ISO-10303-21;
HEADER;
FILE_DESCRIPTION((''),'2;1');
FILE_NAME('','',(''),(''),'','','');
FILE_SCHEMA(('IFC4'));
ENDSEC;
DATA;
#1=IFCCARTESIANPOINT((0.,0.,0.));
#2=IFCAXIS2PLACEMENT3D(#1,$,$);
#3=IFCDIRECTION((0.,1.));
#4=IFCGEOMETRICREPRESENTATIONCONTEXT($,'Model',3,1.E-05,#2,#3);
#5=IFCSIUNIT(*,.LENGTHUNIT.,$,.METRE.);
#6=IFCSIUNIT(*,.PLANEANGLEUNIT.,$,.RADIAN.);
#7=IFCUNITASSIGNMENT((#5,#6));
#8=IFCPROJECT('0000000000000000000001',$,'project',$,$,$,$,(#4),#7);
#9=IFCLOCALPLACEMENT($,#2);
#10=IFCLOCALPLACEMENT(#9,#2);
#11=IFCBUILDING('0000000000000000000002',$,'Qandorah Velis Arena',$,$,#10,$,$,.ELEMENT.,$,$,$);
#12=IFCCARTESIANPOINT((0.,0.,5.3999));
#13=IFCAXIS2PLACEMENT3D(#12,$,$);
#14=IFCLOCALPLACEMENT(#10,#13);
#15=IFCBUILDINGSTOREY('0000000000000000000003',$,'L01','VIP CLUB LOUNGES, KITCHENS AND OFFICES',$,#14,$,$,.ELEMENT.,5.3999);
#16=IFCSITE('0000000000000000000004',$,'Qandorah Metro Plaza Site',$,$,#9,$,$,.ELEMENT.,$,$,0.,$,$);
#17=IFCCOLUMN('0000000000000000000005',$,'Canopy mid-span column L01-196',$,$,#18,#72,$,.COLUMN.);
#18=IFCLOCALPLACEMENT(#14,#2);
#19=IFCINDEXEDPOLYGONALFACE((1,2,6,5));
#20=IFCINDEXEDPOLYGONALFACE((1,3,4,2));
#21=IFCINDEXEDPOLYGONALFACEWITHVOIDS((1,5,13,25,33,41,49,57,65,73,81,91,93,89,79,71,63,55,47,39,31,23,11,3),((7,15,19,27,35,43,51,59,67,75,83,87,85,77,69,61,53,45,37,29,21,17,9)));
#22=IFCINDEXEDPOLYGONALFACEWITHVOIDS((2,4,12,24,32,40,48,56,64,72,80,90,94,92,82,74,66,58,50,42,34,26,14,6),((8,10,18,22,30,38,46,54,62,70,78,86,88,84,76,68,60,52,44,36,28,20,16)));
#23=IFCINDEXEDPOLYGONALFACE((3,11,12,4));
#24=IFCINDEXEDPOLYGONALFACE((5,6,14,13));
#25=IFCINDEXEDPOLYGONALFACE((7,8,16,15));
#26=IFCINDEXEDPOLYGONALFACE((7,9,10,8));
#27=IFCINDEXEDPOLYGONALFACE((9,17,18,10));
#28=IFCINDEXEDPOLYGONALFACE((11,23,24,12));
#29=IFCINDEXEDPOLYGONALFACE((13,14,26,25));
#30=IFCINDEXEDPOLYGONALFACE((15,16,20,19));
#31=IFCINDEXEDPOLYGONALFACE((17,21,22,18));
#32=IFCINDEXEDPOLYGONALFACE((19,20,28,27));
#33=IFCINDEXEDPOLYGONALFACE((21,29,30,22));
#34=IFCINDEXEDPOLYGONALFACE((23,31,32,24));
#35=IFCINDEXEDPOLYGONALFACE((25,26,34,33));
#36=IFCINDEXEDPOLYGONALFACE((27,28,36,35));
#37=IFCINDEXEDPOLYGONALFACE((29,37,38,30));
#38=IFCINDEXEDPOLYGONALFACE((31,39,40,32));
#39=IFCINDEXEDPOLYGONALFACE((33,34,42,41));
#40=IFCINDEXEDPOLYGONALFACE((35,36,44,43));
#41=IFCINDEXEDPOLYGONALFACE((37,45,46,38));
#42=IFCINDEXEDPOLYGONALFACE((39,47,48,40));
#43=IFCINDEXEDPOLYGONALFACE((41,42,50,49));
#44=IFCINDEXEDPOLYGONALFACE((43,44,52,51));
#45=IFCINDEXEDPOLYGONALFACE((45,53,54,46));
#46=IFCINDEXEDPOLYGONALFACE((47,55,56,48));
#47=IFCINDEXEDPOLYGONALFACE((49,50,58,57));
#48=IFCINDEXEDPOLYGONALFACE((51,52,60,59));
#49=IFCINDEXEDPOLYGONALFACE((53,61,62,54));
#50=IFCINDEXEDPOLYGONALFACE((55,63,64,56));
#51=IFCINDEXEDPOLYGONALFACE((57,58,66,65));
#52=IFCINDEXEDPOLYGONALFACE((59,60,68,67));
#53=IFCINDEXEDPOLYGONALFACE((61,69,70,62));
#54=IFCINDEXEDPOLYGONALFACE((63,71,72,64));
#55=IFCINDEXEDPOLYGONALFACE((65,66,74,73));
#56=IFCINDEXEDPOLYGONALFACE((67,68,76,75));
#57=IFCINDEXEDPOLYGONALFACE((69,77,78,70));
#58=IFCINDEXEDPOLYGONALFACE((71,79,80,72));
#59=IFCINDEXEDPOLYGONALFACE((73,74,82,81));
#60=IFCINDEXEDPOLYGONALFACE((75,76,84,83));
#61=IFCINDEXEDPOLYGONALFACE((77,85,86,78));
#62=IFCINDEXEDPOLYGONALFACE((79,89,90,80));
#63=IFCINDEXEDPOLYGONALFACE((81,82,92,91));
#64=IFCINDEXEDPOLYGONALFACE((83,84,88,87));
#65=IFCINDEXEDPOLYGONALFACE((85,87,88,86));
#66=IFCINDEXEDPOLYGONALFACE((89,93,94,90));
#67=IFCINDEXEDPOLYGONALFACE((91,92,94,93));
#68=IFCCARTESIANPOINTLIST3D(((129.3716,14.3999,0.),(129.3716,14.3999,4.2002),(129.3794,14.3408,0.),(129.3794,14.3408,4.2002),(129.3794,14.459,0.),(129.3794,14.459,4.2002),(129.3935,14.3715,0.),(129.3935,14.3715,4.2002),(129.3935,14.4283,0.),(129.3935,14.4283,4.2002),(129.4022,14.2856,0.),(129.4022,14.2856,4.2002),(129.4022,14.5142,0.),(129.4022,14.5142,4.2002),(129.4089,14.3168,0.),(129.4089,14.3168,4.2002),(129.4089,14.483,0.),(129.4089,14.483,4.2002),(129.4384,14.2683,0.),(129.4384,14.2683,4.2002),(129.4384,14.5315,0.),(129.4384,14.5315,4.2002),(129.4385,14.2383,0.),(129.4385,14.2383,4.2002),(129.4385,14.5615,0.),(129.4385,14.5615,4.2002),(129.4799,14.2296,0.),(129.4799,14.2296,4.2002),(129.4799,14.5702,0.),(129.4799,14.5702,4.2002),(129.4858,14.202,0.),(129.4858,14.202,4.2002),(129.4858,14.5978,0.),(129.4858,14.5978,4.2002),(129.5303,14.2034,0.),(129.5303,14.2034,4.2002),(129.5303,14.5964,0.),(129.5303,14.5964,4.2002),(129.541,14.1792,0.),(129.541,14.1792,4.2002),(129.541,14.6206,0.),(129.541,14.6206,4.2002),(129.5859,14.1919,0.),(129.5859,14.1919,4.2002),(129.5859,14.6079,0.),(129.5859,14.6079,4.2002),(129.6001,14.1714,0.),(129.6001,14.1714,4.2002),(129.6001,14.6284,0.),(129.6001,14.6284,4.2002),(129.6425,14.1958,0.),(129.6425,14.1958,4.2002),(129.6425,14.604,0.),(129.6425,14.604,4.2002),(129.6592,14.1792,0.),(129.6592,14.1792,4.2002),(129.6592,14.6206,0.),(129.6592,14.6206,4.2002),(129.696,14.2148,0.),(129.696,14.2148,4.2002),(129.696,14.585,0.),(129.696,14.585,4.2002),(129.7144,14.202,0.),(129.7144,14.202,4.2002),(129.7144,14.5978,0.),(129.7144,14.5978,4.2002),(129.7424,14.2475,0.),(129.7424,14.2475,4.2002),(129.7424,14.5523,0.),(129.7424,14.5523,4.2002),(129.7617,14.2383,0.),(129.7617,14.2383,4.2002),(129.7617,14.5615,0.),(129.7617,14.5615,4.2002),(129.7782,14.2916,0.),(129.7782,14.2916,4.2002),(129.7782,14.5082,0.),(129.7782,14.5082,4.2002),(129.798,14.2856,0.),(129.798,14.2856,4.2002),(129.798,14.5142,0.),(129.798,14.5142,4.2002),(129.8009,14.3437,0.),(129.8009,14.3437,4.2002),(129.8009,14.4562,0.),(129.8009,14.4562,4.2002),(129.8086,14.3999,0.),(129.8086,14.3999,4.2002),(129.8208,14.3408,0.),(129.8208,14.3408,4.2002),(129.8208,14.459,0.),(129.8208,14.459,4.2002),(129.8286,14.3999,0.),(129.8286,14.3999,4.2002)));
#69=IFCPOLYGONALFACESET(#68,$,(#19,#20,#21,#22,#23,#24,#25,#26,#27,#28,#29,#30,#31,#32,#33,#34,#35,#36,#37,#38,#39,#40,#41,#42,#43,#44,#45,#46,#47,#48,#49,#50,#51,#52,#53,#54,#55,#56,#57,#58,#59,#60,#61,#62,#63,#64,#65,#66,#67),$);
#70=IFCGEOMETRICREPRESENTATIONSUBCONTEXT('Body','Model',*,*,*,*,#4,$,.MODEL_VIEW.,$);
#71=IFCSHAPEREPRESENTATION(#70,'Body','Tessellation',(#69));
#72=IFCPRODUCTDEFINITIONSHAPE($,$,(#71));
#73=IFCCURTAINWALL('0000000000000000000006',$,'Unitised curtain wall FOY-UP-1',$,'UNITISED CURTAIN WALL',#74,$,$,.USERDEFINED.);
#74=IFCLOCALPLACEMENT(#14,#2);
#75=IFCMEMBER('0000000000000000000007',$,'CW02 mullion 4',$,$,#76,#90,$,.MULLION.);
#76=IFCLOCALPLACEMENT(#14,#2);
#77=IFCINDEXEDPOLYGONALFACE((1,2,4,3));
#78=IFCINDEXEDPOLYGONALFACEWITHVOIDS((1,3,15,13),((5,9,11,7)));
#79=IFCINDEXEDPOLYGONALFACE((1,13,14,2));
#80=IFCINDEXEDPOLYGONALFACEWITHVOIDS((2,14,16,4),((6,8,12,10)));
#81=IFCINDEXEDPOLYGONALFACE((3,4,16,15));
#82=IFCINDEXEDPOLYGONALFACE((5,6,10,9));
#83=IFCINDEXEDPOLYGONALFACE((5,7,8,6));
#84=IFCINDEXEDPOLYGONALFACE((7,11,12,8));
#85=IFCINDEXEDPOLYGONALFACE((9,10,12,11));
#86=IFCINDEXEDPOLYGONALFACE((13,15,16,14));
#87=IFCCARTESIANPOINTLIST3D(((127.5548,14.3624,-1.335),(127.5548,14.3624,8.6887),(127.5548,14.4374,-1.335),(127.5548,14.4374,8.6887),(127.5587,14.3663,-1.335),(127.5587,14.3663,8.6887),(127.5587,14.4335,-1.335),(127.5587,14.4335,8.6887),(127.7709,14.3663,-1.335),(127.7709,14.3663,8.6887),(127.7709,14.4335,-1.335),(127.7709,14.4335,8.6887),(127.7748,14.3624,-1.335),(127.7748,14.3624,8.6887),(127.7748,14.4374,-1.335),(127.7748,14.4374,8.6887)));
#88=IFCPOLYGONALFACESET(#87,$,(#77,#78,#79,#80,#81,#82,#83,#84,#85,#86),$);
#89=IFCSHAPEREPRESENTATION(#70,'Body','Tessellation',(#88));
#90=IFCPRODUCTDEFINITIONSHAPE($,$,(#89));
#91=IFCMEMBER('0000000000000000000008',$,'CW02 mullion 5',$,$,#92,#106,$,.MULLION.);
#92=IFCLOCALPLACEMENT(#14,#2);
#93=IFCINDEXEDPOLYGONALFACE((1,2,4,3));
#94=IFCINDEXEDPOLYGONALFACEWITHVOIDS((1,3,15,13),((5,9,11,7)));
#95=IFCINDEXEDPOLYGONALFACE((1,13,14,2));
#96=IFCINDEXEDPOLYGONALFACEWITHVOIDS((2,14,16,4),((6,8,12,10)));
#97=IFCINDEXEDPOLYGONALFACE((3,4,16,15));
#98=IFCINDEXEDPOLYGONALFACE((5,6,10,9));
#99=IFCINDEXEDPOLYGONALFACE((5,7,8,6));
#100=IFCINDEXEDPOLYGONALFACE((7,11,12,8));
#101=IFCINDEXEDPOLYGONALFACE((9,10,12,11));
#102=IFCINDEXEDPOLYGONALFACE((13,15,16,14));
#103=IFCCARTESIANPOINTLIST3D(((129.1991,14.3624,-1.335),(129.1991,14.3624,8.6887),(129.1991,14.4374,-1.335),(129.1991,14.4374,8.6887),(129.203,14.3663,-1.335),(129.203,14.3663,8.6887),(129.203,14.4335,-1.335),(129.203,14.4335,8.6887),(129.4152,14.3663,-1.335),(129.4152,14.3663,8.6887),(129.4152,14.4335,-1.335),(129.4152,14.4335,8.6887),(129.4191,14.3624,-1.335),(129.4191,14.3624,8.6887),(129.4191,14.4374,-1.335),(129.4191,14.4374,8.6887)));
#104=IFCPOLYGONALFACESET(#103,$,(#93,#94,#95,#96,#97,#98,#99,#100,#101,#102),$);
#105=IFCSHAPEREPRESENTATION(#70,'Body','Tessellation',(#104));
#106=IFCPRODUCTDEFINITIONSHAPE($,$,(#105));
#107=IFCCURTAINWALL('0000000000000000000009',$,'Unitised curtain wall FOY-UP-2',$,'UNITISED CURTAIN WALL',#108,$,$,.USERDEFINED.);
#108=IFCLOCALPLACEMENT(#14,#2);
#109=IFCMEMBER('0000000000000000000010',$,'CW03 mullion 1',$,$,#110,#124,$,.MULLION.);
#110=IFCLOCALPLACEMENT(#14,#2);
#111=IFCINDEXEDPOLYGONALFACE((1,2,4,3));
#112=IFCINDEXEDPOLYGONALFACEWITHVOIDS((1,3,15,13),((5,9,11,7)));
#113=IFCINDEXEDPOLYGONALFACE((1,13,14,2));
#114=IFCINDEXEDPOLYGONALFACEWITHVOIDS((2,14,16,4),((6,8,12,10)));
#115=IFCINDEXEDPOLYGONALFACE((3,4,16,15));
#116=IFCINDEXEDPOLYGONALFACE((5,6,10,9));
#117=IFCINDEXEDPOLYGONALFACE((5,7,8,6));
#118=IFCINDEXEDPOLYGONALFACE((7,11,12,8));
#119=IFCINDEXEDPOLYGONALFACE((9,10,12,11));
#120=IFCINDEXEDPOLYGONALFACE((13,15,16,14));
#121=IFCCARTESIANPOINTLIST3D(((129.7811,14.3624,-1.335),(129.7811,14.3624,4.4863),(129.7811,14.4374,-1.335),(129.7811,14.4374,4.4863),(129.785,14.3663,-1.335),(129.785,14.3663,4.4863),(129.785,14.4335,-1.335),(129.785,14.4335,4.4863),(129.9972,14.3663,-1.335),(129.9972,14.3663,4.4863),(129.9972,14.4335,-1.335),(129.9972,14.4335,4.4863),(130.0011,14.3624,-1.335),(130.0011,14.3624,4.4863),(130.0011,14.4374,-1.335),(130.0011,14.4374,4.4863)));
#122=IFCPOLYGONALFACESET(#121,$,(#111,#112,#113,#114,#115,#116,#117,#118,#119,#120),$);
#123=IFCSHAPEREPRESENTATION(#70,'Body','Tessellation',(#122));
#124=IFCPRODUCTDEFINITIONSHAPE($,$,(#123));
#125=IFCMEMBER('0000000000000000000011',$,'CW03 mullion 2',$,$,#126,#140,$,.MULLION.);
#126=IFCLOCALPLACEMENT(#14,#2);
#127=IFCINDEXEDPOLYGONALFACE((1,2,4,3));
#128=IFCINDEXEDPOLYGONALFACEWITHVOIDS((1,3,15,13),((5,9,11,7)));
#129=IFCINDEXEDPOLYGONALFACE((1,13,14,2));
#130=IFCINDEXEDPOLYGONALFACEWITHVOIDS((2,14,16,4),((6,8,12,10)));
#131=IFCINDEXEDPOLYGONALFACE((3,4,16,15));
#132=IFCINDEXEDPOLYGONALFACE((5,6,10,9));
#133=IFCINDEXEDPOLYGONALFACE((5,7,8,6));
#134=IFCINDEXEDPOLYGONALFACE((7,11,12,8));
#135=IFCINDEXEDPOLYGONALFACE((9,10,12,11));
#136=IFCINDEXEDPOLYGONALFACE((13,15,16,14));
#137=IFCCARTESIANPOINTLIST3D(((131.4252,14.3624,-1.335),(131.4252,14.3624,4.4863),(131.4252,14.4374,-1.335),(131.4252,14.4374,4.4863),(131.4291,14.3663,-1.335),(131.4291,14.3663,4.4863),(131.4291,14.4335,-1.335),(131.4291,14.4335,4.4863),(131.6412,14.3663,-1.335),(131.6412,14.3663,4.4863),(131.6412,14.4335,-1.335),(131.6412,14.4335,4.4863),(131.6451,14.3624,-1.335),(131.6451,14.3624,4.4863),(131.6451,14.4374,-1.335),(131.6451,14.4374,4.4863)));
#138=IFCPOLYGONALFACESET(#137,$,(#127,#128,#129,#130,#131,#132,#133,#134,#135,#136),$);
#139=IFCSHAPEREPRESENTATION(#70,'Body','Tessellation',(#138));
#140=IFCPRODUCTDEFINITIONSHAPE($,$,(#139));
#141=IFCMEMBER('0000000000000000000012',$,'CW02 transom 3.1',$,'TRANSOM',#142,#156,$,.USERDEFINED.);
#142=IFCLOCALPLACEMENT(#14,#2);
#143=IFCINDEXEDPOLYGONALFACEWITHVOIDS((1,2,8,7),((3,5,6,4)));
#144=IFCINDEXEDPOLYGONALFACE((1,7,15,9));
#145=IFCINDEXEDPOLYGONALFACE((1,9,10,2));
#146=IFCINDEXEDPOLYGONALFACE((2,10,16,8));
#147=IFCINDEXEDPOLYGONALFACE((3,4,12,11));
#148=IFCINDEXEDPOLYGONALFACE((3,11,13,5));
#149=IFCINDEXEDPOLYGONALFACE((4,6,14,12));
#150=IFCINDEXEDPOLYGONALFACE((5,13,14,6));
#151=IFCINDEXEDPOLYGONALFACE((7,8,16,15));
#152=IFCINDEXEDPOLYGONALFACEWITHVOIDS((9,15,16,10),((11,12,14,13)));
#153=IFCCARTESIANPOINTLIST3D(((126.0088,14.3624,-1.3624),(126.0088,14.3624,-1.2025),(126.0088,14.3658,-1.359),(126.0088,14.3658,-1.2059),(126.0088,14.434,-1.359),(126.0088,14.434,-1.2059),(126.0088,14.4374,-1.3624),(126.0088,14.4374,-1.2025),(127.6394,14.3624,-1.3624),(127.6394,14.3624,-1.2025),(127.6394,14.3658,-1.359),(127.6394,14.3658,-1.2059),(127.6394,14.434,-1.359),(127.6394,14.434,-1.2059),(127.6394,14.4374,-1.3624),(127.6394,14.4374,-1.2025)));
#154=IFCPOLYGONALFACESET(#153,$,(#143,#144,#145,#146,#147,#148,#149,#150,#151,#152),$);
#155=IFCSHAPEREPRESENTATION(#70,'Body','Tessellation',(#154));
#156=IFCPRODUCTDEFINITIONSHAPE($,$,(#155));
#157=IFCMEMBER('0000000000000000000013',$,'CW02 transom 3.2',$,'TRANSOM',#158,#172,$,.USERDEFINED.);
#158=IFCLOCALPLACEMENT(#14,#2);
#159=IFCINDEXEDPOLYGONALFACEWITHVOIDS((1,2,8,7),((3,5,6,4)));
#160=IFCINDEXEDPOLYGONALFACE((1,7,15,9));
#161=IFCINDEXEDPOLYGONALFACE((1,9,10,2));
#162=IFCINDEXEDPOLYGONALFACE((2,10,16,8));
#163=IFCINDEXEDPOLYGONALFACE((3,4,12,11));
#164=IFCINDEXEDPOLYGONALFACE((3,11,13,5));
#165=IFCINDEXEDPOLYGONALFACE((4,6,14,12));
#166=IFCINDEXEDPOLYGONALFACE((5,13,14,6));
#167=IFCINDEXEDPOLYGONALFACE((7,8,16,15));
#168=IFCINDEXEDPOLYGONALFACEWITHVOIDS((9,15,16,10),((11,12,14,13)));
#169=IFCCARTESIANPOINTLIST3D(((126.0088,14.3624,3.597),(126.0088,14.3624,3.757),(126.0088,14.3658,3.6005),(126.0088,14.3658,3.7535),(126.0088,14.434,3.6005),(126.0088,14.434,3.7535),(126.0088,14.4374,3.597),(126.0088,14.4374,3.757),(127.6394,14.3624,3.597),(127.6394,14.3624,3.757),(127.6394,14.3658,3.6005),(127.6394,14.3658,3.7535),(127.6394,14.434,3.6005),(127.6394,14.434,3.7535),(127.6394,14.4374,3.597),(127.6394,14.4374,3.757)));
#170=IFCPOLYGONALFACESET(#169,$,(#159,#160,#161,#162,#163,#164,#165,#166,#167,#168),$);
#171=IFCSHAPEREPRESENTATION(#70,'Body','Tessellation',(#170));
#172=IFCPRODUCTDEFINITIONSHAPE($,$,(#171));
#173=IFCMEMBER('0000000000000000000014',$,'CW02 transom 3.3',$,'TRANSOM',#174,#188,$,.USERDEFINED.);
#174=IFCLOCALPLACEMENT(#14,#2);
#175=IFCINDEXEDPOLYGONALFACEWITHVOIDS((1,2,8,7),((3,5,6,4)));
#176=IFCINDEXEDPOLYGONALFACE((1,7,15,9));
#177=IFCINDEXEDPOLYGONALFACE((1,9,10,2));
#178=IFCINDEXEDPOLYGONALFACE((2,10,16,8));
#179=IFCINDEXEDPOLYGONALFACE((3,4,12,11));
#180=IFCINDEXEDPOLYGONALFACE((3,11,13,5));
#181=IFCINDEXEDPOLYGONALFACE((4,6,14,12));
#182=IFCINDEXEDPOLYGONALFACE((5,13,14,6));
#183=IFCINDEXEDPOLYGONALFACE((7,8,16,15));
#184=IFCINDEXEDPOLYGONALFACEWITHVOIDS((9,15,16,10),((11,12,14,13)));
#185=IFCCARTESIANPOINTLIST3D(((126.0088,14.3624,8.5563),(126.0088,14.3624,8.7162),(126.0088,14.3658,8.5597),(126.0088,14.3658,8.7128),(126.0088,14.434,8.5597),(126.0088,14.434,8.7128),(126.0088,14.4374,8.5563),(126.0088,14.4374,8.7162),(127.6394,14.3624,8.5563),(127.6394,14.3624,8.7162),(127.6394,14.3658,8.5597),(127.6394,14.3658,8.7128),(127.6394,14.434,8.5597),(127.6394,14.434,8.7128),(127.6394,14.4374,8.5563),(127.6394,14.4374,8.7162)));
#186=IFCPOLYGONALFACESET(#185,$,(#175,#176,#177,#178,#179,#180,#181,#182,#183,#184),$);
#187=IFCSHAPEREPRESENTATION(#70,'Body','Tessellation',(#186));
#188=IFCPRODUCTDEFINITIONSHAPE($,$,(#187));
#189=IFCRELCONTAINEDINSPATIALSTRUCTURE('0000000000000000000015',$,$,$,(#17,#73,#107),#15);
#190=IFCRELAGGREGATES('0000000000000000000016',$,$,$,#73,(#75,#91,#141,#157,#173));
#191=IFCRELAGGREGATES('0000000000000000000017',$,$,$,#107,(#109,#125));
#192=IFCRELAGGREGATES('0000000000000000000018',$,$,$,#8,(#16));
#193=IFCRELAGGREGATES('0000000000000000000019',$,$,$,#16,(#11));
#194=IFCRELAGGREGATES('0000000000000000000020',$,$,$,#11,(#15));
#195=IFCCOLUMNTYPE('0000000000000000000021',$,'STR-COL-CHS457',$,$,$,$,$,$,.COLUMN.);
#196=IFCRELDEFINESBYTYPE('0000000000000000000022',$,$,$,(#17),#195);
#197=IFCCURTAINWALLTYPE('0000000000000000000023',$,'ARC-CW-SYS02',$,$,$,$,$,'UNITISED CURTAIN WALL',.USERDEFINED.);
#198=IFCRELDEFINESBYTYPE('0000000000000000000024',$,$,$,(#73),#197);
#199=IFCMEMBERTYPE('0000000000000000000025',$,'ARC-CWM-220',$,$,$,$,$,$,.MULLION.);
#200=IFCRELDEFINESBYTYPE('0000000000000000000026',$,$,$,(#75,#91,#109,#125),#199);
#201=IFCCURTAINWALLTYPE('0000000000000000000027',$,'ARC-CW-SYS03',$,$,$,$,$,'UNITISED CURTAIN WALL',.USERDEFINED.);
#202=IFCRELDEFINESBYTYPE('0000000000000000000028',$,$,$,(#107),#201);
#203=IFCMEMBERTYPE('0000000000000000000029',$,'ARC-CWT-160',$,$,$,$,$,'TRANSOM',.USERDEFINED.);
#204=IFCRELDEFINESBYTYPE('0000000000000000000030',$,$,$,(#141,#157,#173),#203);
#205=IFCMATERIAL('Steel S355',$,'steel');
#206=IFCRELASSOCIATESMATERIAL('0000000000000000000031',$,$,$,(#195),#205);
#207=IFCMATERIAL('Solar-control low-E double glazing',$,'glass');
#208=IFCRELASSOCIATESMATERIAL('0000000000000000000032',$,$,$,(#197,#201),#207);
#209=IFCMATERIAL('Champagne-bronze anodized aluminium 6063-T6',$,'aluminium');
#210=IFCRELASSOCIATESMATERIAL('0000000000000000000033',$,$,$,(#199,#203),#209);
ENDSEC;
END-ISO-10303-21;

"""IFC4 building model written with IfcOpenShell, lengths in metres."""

from ifc_helpers import new_model, si_unit, direction, frame, origin, origin_2d, place, context, subcontext, project, spatial, hollow_rectangle, hollow_circle, extrude, material, material_profile, profile_set, type_object, element, aggregate, save


model = new_model("IFC4")

# Units and contexts
model_context = context("Model", 3, precision=1e-05, world=origin(), true_north=direction((0.0, 1.0)))
body_context = subcontext(model_context, "Body", "Model", "MODEL_VIEW")
ifc_project = project(units=[si_unit("LENGTHUNIT", "METRE"), si_unit("PLANEANGLEUNIT", "RADIAN")], contexts=[model_context])

# Site, building, storey
site_placement = place(None, origin())
site = spatial("IfcSite", under=ifc_project, at=site_placement, Name="Qandorah Metro Plaza Site", CompositionType="ELEMENT", RefElevation=0.0)
building_placement = place(site_placement, origin())
building = spatial("IfcBuilding", under=site, at=building_placement, Name="Qandorah Velis Arena", CompositionType="ELEMENT")
storey_placement = place(building_placement, frame((0.0, 0.0, 5.3999)))
storey = spatial("IfcBuildingStorey", under=building, at=storey_placement, Name="L01", Description="VIP CLUB LOUNGES, KITCHENS AND OFFICES", CompositionType="ELEMENT", Elevation=5.3999)

# Column
ifc_material_1 = material(Name="Steel S355", Category="steel")
ifc_material_profile_1 = material_profile(ifc_material_1, hollow_circle(Radius=0.2285, WallThickness=0.02, at=origin_2d()), Name="CHS 457x20")
ifc_profile_set_1 = profile_set([ifc_material_profile_1], Name="Steel S355")
column_type = type_object("IfcColumnType", Name="STR-COL-CHS457", PredefinedType="COLUMN", material=ifc_profile_set_1)
column_placement = place(storey_placement, frame((129.6001, 14.3999, 0.0), z_axis=(0.0, 0.0, 1.0), x_axis=(1.0, 0.0, 0.0)))
element("IfcColumn", 1, at=column_placement, inside=storey, type_object=column_type, Name="Canopy mid-span column L01-196", PredefinedType="COLUMN", context=body_context, shape_type="SweptSolid", body=[
    extrude(hollow_circle(Radius=0.2285, WallThickness=0.02, at=origin_2d()), origin(), (0.0, 0.0, 1.0), 4.2002),
])

# Curtain walls, members
ifc_material_2 = material(Name="Solar-control low-E double glazing", Category="glass")
curtain_wall_type_1 = type_object("IfcCurtainWallType", Name="ARC-CW-SYS02", ElementType="UNITISED CURTAIN WALL", PredefinedType="USERDEFINED", material=ifc_material_2)
curtain_wall_1_placement = place(storey_placement, origin())
curtain_wall_1 = element("IfcCurtainWall", 2, at=curtain_wall_1_placement, inside=storey, type_object=curtain_wall_type_1, Name="Unitised curtain wall FOY-UP-1", ObjectType="UNITISED CURTAIN WALL", PredefinedType="USERDEFINED")
ifc_material_3 = material(Name="Champagne-bronze anodized aluminium 6063-T6", Category="aluminium")
ifc_material_profile_2 = material_profile(ifc_material_3, hollow_rectangle(XDim=0.075, YDim=0.22, WallThickness=0.0039, at=origin_2d()), Name="ALU MULLION 75x220")
ifc_profile_set_2 = profile_set([ifc_material_profile_2], Name="Champagne-bronze anodized aluminium 6063-T6")
member_type_1 = type_object("IfcMemberType", Name="ARC-CWM-220", PredefinedType="MULLION", material=ifc_profile_set_2)
member_1_placement = place(storey_placement, frame((127.6648, 14.3999, -1.335), z_axis=(0.0, 0.0, 1.0), x_axis=(0.0, 1.0, 0.0)))
member_1 = element("IfcMember", 3, at=member_1_placement, type_object=member_type_1, Name="CW02 mullion 4", PredefinedType="MULLION", context=body_context, shape_type="SweptSolid", body=[
    extrude(hollow_rectangle(XDim=0.075, YDim=0.22, WallThickness=0.0039, at=origin_2d()), origin(), (0.0, 0.0, 1.0), 10.0237),
])
member_2_placement = place(storey_placement, frame((129.3091, 14.3999, -1.335), z_axis=(0.0, 0.0, 1.0), x_axis=(0.0, 1.0, 0.0)))
member_2 = element("IfcMember", 4, at=member_2_placement, type_object=member_type_1, Name="CW02 mullion 5", PredefinedType="MULLION", context=body_context, shape_type="SweptSolid", body=[
    extrude(hollow_rectangle(XDim=0.075, YDim=0.22, WallThickness=0.0039, at=origin_2d()), origin(), (0.0, 0.0, 1.0), 10.0237),
])
curtain_wall_type_2 = type_object("IfcCurtainWallType", Name="ARC-CW-SYS03", ElementType="UNITISED CURTAIN WALL", PredefinedType="USERDEFINED", material=ifc_material_2)
curtain_wall_2_placement = place(storey_placement, origin())
curtain_wall_2 = element("IfcCurtainWall", 5, at=curtain_wall_2_placement, inside=storey, type_object=curtain_wall_type_2, Name="Unitised curtain wall FOY-UP-2", ObjectType="UNITISED CURTAIN WALL", PredefinedType="USERDEFINED")
member_3_placement = place(storey_placement, frame((129.8911, 14.3999, -1.335), z_axis=(0.0, 0.0, 1.0), x_axis=(0.0, 1.0, 0.0)))
member_3 = element("IfcMember", 6, at=member_3_placement, type_object=member_type_1, Name="CW03 mullion 1", PredefinedType="MULLION", context=body_context, shape_type="SweptSolid", body=[
    extrude(hollow_rectangle(XDim=0.075, YDim=0.22, WallThickness=0.0039, at=origin_2d()), origin(), (0.0, 0.0, 1.0), 5.8213),
])
member_4_placement = place(storey_placement, frame((131.5352, 14.3999, -1.335), z_axis=(0.0, 0.0, 1.0), x_axis=(0.0, 1.0, 0.0)))
member_4 = element("IfcMember", 7, at=member_4_placement, type_object=member_type_1, Name="CW03 mullion 2", PredefinedType="MULLION", context=body_context, shape_type="SweptSolid", body=[
    extrude(hollow_rectangle(XDim=0.075, YDim=0.22, WallThickness=0.0039, at=origin_2d()), origin(), (0.0, 0.0, 1.0), 5.8213),
])

# Members
ifc_material_profile_3 = material_profile(ifc_material_3, hollow_rectangle(XDim=0.075, YDim=0.1599, WallThickness=0.0034, at=origin_2d()), Name="ALU TRANSOM 75x160")
ifc_profile_set_3 = profile_set([ifc_material_profile_3], Name="Champagne-bronze anodized aluminium 6063-T6")
member_type_2 = type_object("IfcMemberType", Name="ARC-CWT-160", ElementType="TRANSOM", PredefinedType="USERDEFINED", material=ifc_profile_set_3)
member_5_placement = place(storey_placement, frame((126.0088, 14.3999, -1.2825), z_axis=(1.0, 0.0, 0.0), x_axis=(0.0, 1.0, 0.0)))
member_5 = element("IfcMember", 8, at=member_5_placement, type_object=member_type_2, Name="CW02 transom 3.1", ObjectType="TRANSOM", PredefinedType="USERDEFINED", context=body_context, shape_type="SweptSolid", body=[
    extrude(hollow_rectangle(XDim=0.075, YDim=0.1599, WallThickness=0.0034, at=origin_2d()), origin(), (0.0, 0.0, 1.0), 1.6306),
])
member_6_placement = place(storey_placement, frame((126.0088, 14.3999, 3.677), z_axis=(1.0, 0.0, 0.0), x_axis=(0.0, 1.0, 0.0)))
member_6 = element("IfcMember", 9, at=member_6_placement, type_object=member_type_2, Name="CW02 transom 3.2", ObjectType="TRANSOM", PredefinedType="USERDEFINED", context=body_context, shape_type="SweptSolid", body=[
    extrude(hollow_rectangle(XDim=0.075, YDim=0.1599, WallThickness=0.0034, at=origin_2d()), origin(), (0.0, 0.0, 1.0), 1.6306),
])
member_7_placement = place(storey_placement, frame((126.0088, 14.3999, 8.6362), z_axis=(1.0, 0.0, 0.0), x_axis=(0.0, 1.0, 0.0)))
member_7 = element("IfcMember", 10, at=member_7_placement, type_object=member_type_2, Name="CW02 transom 3.3", ObjectType="TRANSOM", PredefinedType="USERDEFINED", context=body_context, shape_type="SweptSolid", body=[
    extrude(hollow_rectangle(XDim=0.075, YDim=0.1599, WallThickness=0.0034, at=origin_2d()), origin(), (0.0, 0.0, 1.0), 1.6306),
])

aggregate(curtain_wall_1, [member_1, member_2, member_5, member_6, member_7])
aggregate(curtain_wall_2, [member_3, member_4])

save(model, "model.ifc")
